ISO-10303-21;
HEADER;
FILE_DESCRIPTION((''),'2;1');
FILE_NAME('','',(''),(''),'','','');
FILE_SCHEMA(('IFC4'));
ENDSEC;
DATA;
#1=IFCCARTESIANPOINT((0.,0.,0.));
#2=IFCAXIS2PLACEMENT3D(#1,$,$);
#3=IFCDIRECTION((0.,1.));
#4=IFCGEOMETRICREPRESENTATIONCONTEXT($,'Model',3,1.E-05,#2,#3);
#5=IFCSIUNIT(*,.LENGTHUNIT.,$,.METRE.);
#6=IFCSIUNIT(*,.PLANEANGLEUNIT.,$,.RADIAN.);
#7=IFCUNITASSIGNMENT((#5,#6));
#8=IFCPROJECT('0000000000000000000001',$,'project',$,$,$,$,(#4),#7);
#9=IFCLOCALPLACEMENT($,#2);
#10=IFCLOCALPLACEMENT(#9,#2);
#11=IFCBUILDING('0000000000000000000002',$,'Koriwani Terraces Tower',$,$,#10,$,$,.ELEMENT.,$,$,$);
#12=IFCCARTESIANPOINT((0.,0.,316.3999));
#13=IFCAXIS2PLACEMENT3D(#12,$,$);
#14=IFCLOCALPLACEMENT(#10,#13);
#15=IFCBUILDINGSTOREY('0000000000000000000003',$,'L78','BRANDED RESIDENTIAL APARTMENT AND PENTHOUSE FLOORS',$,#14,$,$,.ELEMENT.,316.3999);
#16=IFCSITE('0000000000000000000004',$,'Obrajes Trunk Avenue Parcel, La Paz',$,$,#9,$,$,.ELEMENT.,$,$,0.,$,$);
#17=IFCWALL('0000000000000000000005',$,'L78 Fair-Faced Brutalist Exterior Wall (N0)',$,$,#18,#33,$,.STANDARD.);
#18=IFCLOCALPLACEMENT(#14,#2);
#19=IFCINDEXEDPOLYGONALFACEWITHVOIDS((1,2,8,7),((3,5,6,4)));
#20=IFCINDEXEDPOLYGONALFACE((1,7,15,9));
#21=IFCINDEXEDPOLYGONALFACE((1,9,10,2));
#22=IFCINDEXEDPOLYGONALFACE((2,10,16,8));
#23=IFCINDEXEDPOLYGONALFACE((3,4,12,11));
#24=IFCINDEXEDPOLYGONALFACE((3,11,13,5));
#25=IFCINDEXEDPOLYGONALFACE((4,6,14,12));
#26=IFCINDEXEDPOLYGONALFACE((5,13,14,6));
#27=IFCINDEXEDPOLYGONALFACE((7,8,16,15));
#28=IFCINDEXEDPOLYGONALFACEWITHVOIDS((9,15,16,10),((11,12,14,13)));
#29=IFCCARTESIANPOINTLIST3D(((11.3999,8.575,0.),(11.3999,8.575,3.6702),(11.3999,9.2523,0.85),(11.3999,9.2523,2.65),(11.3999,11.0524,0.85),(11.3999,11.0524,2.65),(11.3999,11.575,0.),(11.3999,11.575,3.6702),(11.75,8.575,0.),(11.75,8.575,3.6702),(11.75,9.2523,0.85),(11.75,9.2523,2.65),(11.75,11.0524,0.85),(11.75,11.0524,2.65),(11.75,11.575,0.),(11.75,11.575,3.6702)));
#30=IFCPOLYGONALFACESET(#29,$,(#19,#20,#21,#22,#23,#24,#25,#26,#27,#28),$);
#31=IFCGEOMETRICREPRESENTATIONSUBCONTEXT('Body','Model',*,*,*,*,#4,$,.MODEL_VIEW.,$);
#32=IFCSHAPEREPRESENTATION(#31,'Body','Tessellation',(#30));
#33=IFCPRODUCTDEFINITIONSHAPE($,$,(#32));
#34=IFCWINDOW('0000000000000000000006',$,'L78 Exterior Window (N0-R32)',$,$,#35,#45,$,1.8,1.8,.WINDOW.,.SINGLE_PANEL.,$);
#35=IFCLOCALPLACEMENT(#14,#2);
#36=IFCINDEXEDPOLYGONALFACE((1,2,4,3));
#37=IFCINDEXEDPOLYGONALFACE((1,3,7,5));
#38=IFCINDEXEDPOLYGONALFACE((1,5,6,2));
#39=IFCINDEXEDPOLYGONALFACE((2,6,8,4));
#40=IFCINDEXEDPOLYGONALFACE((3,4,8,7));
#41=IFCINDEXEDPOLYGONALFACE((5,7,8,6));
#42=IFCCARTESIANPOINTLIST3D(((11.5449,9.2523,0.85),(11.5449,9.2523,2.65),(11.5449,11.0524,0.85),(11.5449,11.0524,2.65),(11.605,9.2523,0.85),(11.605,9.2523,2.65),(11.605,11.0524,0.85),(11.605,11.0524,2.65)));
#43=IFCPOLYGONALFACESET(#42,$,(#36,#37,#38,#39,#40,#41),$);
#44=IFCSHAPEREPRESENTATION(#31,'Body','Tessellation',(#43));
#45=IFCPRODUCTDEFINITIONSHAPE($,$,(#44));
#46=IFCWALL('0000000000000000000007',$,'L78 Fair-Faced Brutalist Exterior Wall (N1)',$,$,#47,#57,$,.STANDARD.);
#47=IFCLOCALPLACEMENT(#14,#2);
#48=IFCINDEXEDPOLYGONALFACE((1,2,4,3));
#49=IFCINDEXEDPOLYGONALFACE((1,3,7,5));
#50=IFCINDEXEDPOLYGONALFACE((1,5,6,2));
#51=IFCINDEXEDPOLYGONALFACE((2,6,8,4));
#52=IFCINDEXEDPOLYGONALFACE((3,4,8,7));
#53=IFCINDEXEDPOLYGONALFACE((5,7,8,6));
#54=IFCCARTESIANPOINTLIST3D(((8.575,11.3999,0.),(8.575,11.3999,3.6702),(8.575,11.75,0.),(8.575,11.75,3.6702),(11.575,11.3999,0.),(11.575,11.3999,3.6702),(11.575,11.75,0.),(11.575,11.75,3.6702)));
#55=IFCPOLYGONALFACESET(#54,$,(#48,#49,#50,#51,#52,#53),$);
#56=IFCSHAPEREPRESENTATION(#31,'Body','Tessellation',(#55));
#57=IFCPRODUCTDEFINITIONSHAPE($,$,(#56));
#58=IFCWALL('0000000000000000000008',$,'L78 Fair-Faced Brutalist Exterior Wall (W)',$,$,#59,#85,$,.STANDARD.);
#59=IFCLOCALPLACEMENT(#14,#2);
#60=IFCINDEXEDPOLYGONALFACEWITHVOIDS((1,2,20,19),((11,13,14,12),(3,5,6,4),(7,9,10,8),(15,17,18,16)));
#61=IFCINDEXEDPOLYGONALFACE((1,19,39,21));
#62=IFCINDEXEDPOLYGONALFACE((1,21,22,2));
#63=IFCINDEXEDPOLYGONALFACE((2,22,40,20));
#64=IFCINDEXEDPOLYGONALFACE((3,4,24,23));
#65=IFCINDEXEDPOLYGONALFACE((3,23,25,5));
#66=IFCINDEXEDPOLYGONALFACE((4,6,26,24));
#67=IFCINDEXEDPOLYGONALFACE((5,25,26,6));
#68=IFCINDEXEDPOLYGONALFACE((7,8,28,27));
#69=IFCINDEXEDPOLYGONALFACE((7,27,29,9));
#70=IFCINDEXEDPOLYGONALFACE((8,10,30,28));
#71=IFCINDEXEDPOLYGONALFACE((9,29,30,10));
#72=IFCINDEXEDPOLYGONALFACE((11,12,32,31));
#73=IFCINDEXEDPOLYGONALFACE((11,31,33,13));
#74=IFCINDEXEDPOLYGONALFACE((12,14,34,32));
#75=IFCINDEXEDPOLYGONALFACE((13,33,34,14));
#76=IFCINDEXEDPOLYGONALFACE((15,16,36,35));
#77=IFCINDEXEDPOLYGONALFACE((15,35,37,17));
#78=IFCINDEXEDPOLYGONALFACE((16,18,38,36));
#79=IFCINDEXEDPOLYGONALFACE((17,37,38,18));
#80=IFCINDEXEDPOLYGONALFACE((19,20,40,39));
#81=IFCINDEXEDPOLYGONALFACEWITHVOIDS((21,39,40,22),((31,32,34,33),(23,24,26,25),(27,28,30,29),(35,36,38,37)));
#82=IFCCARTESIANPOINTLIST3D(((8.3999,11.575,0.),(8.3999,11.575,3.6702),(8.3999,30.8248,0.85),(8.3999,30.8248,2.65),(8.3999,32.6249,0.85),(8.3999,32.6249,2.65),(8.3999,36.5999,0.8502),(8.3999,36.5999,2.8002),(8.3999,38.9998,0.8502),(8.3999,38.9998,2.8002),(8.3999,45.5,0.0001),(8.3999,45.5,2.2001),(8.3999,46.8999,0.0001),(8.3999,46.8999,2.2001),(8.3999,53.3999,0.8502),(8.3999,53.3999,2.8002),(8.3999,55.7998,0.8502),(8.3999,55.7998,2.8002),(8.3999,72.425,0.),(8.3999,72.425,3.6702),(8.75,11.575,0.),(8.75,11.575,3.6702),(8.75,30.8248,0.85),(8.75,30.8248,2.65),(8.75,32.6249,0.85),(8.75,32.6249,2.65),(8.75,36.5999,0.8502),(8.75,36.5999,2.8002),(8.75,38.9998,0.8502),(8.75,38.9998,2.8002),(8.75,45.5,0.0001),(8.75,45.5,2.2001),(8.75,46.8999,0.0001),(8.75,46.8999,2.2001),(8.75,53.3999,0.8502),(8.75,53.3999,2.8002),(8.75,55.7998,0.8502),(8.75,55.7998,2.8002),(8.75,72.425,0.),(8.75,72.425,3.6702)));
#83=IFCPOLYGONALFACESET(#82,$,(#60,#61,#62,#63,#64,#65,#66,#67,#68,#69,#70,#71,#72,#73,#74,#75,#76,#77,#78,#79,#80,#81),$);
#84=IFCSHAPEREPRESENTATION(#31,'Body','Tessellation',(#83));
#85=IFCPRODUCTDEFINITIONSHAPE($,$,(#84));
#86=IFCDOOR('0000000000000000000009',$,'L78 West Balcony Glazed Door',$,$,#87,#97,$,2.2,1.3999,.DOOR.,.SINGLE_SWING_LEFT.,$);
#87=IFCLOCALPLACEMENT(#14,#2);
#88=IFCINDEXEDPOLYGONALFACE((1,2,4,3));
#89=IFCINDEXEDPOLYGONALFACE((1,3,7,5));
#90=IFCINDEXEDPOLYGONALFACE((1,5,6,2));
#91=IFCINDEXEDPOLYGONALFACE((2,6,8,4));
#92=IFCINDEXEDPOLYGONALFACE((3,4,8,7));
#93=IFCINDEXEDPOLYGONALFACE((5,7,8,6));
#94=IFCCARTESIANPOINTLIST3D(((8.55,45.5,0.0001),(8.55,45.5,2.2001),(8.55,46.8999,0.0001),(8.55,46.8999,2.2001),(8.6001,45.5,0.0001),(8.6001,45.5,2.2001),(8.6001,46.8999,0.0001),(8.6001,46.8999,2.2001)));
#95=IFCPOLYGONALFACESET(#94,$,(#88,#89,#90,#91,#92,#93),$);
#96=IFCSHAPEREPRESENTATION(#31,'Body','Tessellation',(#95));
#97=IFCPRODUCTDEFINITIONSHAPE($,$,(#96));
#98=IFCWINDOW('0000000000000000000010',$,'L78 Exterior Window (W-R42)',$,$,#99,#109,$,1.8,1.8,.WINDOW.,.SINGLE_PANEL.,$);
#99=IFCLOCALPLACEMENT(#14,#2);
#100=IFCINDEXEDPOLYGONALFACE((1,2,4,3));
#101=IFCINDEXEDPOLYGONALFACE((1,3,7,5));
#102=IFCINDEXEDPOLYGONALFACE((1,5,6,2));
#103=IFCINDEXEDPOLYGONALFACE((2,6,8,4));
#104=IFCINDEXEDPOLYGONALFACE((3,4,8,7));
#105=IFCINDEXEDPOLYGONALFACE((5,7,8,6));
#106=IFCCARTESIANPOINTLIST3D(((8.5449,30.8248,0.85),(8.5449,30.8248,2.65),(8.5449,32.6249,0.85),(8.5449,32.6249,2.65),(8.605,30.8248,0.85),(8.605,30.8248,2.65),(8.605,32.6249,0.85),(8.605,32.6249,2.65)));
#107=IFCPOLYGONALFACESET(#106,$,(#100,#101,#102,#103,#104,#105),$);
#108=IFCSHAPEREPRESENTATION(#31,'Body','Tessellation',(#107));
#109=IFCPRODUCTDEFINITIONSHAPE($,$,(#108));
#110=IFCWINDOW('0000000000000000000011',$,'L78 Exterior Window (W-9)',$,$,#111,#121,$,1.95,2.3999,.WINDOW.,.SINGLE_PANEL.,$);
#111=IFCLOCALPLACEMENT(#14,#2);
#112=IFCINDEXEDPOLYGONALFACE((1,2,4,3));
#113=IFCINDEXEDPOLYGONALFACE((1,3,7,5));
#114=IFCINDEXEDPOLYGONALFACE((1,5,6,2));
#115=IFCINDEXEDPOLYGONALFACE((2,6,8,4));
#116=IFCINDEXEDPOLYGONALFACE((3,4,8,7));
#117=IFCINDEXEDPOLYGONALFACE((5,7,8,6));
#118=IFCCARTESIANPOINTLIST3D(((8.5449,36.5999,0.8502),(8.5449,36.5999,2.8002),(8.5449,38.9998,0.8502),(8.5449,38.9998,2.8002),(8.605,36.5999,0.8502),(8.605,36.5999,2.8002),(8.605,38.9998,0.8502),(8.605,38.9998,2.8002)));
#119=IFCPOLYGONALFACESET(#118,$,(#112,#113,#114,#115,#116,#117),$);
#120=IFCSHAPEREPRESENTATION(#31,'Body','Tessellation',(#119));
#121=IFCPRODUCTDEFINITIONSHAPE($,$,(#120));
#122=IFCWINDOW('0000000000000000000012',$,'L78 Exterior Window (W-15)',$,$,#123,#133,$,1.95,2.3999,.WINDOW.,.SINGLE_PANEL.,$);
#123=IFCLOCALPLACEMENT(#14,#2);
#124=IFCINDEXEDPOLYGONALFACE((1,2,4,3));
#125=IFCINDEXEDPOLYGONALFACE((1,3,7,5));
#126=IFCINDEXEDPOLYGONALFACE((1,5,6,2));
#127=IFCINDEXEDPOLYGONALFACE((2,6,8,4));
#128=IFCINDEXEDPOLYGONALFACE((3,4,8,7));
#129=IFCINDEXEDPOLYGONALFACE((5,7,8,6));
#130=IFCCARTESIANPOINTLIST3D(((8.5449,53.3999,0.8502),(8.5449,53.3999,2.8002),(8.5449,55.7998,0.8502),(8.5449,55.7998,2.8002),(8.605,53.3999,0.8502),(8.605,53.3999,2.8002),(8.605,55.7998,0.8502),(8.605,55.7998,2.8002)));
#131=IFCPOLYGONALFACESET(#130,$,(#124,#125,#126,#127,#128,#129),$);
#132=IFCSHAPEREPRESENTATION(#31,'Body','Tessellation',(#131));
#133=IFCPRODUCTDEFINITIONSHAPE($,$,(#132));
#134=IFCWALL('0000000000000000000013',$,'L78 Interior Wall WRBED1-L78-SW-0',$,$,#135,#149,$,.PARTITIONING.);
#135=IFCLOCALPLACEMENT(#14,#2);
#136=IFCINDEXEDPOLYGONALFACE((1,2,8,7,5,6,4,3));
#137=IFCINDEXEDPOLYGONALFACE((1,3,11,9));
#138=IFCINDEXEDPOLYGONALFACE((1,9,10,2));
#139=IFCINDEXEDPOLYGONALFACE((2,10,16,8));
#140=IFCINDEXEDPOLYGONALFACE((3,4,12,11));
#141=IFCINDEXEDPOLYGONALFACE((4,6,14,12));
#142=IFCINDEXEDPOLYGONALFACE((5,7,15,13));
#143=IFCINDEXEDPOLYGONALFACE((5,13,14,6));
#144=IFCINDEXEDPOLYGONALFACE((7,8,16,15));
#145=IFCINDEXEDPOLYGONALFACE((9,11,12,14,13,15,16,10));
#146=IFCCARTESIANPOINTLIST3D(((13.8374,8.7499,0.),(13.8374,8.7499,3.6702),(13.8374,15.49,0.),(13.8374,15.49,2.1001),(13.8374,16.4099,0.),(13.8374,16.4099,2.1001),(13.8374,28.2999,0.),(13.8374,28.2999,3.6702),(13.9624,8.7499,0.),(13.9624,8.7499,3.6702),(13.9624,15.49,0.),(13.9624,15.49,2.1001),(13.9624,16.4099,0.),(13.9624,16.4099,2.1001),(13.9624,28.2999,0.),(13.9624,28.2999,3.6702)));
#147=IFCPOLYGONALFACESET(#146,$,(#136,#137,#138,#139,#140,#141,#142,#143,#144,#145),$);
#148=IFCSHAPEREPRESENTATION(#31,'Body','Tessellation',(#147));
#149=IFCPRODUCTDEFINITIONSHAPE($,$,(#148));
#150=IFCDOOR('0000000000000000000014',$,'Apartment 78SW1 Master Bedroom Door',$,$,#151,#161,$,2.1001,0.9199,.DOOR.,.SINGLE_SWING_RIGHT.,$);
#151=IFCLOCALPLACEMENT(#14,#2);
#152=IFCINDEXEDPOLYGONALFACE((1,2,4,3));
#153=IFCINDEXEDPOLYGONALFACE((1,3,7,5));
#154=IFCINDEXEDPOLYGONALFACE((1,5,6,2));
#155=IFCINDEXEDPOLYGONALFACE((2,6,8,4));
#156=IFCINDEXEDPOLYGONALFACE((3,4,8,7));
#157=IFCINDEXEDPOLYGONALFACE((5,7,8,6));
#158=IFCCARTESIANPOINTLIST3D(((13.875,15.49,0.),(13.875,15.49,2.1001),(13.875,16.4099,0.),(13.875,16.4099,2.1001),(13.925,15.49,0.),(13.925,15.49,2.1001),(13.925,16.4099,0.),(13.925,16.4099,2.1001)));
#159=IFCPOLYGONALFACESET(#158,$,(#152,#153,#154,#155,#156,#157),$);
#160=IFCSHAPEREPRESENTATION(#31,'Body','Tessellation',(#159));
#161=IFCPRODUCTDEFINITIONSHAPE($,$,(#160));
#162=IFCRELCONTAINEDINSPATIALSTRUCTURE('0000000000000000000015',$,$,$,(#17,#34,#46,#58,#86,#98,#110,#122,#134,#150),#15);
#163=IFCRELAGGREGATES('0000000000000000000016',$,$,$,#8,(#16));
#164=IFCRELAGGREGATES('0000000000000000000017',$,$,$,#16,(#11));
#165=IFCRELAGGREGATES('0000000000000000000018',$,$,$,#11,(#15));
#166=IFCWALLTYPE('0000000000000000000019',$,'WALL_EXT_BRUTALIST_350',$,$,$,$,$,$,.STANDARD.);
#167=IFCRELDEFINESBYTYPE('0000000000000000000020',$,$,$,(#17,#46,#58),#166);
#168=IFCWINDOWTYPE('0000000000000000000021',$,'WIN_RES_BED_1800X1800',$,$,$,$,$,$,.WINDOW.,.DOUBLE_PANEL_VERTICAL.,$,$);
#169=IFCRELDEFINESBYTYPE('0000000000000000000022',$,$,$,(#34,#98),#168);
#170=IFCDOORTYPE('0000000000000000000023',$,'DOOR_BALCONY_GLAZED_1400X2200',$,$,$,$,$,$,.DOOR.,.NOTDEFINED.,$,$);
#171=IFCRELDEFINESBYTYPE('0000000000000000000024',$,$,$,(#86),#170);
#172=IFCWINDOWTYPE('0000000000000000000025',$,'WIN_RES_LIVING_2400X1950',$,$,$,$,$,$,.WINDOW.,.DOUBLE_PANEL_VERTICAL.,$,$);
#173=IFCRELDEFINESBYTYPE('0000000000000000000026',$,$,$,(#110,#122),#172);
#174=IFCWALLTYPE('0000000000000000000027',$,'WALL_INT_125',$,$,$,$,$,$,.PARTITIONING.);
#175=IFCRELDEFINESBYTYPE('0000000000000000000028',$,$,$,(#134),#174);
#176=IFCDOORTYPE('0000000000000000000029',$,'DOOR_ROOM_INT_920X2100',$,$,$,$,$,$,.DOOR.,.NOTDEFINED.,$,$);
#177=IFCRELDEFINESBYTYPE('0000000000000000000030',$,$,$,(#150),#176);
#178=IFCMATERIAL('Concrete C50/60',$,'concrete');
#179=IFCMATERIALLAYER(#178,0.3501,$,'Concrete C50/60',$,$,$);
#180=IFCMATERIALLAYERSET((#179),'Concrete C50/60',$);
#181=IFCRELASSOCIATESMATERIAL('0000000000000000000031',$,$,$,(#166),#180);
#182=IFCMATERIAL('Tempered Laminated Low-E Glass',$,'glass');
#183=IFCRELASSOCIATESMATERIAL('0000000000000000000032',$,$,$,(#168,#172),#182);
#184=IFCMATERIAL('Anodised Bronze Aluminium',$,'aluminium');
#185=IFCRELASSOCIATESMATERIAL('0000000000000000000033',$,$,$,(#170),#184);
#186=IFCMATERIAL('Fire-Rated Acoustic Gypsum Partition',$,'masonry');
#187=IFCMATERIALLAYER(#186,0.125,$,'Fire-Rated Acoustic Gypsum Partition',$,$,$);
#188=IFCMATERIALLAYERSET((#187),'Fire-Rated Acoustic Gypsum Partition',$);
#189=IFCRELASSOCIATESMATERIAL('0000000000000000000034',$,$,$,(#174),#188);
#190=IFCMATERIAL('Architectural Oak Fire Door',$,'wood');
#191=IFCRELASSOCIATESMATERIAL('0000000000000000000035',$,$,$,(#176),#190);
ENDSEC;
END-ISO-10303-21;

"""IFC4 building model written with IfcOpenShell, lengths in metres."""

from ifc_helpers import new_model, si_unit, direction, frame, frame_2d, origin, place, context, subcontext, project, spatial, rectangle, extrude, material, layer, layer_set, type_object, element, fill, save


model = new_model("IFC4")

# Units and contexts
model_context = context("Model", 3, precision=1e-05, world=origin(), true_north=direction((0.0, 1.0)))
body_context = subcontext(model_context, "Body", "Model", "MODEL_VIEW")
ifc_project = project(units=[si_unit("LENGTHUNIT", "METRE"), si_unit("PLANEANGLEUNIT", "RADIAN")], contexts=[model_context])

# Site, building, storey
site_placement = place(None, origin())
site = spatial("IfcSite", under=ifc_project, at=site_placement, Name="Obrajes Trunk Avenue Parcel, La Paz", CompositionType="ELEMENT", RefElevation=0.0)
building_placement = place(site_placement, origin())
building = spatial("IfcBuilding", under=site, at=building_placement, Name="Koriwani Terraces Tower", CompositionType="ELEMENT")
storey_placement = place(building_placement, frame((0.0, 0.0, 316.3999)))
storey = spatial("IfcBuildingStorey", under=building, at=storey_placement, Name="L78", Description="BRANDED RESIDENTIAL APARTMENT AND PENTHOUSE FLOORS", CompositionType="ELEMENT", Elevation=316.3999)

# Shared definitions
ifc_material_1 = material(Name="Concrete C50/60", Category="concrete")

# Wall, opening, window
ifc_layer_1 = layer(ifc_material_1, 0.3501, Name="Concrete C50/60")
ifc_layer_set_1 = layer_set([ifc_layer_1], Name="Concrete C50/60")
wall_type_1 = type_object("IfcWallType", Name="WALL_EXT_BRUTALIST_350", PredefinedType="STANDARD", material=ifc_layer_set_1)
wall_1_placement = place(storey_placement, frame((11.575, 8.575, 0.0), z_axis=(0.0, 0.0, 1.0), x_axis=(0.0, 1.0, 0.0)))
wall_1 = element("IfcWall", 1, at=wall_1_placement, inside=storey, type_object=wall_type_1, Name="L78 Fair-Faced Brutalist Exterior Wall (N0)", PredefinedType="STANDARD", context=body_context, shape_type="SweptSolid", body=[
    extrude(rectangle(XDim=3.0, YDim=0.3501, at=frame_2d((1.5, 0.0))), origin(), (0.0, 0.0, 1.0), 3.6702),
])
opening_1_placement = place(wall_1_placement, frame((0.6775, 0.0, 0.8501)))
opening_1 = element("IfcOpeningElement", 2, at=opening_1_placement, cuts=wall_1, PredefinedType="OPENING", context=body_context, shape_type="SweptSolid", body=[
    extrude(rectangle(XDim=1.8, YDim=1.8, at=frame_2d((0.8999, 0.8999))), frame((0.0, 0.1851, 0.0), z_axis=(0.0, -1.0, 0.0), x_axis=(1.0, 0.0, 0.0)), (0.0, 0.0, 1.0), 0.3701),
])
ifc_material_2 = material(Name="Tempered Laminated Low-E Glass", Category="glass")
window_type_1 = type_object("IfcWindowType", Name="WIN_RES_BED_1800X1800", PartitioningType="DOUBLE_PANEL_VERTICAL", PredefinedType="WINDOW", material=ifc_material_2)
window_1_placement = place(opening_1_placement, origin())
window_1 = element("IfcWindow", 3, at=window_1_placement, inside=storey, type_object=window_type_1, Name="L78 Exterior Window (N0-R32)", OverallHeight=1.8, OverallWidth=1.8, PartitioningType="SINGLE_PANEL", PredefinedType="WINDOW", context=body_context, shape_type="SweptSolid", body=[
    extrude(rectangle(XDim=1.8, YDim=1.8, at=frame_2d((0.8999, 0.8999))), frame((0.0, 0.03, 0.0), z_axis=(0.0, -1.0, 0.0), x_axis=(1.0, 0.0, 0.0)), (0.0, 0.0, 1.0), 0.0601),
])
fill(opening_1, window_1)

# Wall
wall_2_placement = place(storey_placement, frame((11.575, 11.575, 0.0), z_axis=(0.0, 0.0, 1.0), x_axis=(-1.0, 0.0, 0.0)))
element("IfcWall", 4, at=wall_2_placement, inside=storey, type_object=wall_type_1, Name="L78 Fair-Faced Brutalist Exterior Wall (N1)", PredefinedType="STANDARD", context=body_context, shape_type="SweptSolid", body=[
    extrude(rectangle(XDim=3.0, YDim=0.3501, at=frame_2d((1.5, 0.0))), origin(), (0.0, 0.0, 1.0), 3.6702),
])

# Wall, openings, door, windows
wall_3_placement = place(storey_placement, frame((8.575, 11.575, 0.0), z_axis=(0.0, 0.0, 1.0), x_axis=(0.0, 1.0, 0.0)))
wall_3 = element("IfcWall", 5, at=wall_3_placement, inside=storey, type_object=wall_type_1, Name="L78 Fair-Faced Brutalist Exterior Wall (W)", PredefinedType="STANDARD", context=body_context, shape_type="SweptSolid", body=[
    extrude(rectangle(XDim=60.8501, YDim=0.3501, at=frame_2d((30.425, 0.0))), origin(), (0.0, 0.0, 1.0), 3.6702),
])
opening_2_placement = place(wall_3_placement, frame((33.925, 0.0, 0.0)))
opening_2 = element("IfcOpeningElement", 6, at=opening_2_placement, cuts=wall_3, PredefinedType="OPENING", context=body_context, shape_type="SweptSolid", body=[
    extrude(rectangle(XDim=1.3999, YDim=2.2, at=frame_2d((0.7, 1.1001))), frame((0.0, 0.1851, 0.0), z_axis=(0.0, -1.0, 0.0), x_axis=(1.0, 0.0, 0.0)), (0.0, 0.0, 1.0), 0.3701),
])
opening_3_placement = place(wall_3_placement, frame((25.0249, 0.0, 0.8501)))
opening_3 = element("IfcOpeningElement", 7, at=opening_3_placement, cuts=wall_3, PredefinedType="OPENING", context=body_context, shape_type="SweptSolid", body=[
    extrude(rectangle(XDim=2.3999, YDim=1.95, at=frame_2d((1.2, 0.9751))), frame((0.0, 0.1851, 0.0), z_axis=(0.0, -1.0, 0.0), x_axis=(1.0, 0.0, 0.0)), (0.0, 0.0, 1.0), 0.3701),
])
opening_4_placement = place(wall_3_placement, frame((41.825, 0.0, 0.8501)))
opening_4 = element("IfcOpeningElement", 8, at=opening_4_placement, cuts=wall_3, PredefinedType="OPENING", context=body_context, shape_type="SweptSolid", body=[
    extrude(rectangle(XDim=2.3999, YDim=1.95, at=frame_2d((1.2, 0.9751))), frame((0.0, 0.1851, 0.0), z_axis=(0.0, -1.0, 0.0), x_axis=(1.0, 0.0, 0.0)), (0.0, 0.0, 1.0), 0.3701),
])
opening_5_placement = place(wall_3_placement, frame((19.25, 0.0, 0.8501)))
opening_5 = element("IfcOpeningElement", 9, at=opening_5_placement, cuts=wall_3, PredefinedType="OPENING", context=body_context, shape_type="SweptSolid", body=[
    extrude(rectangle(XDim=1.8, YDim=1.8, at=frame_2d((0.8999, 0.8999))), frame((0.0, 0.1851, 0.0), z_axis=(0.0, -1.0, 0.0), x_axis=(1.0, 0.0, 0.0)), (0.0, 0.0, 1.0), 0.3701),
])
ifc_material_3 = material(Name="Anodised Bronze Aluminium", Category="aluminium")
door_type_1 = type_object("IfcDoorType", Name="DOOR_BALCONY_GLAZED_1400X2200", OperationType="NOTDEFINED", PredefinedType="DOOR", material=ifc_material_3)
door_1_placement = place(opening_2_placement, origin())
door_1 = element("IfcDoor", 10, at=door_1_placement, inside=storey, type_object=door_type_1, Name="L78 West Balcony Glazed Door", OperationType="SINGLE_SWING_LEFT", OverallHeight=2.2, OverallWidth=1.3999, PredefinedType="DOOR", context=body_context, shape_type="SweptSolid", body=[
    extrude(rectangle(XDim=1.3999, YDim=2.2, at=frame_2d((0.7, 1.1001))), frame((0.0, 0.0249, 0.0), z_axis=(0.0, -1.0, 0.0), x_axis=(1.0, 0.0, 0.0)), (0.0, 0.0, 1.0), 0.05),
])
fill(opening_2, door_1)
window_2_placement = place(opening_5_placement, origin())
window_2 = element("IfcWindow", 11, at=window_2_placement, inside=storey, type_object=window_type_1, Name="L78 Exterior Window (W-R42)", OverallHeight=1.8, OverallWidth=1.8, PartitioningType="SINGLE_PANEL", PredefinedType="WINDOW", context=body_context, shape_type="SweptSolid", body=[
    extrude(rectangle(XDim=1.8, YDim=1.8, at=frame_2d((0.8999, 0.8999))), frame((0.0, 0.03, 0.0), z_axis=(0.0, -1.0, 0.0), x_axis=(1.0, 0.0, 0.0)), (0.0, 0.0, 1.0), 0.0601),
])
fill(opening_5, window_2)
window_type_2 = type_object("IfcWindowType", Name="WIN_RES_LIVING_2400X1950", PartitioningType="DOUBLE_PANEL_VERTICAL", PredefinedType="WINDOW", material=ifc_material_2)
window_3_placement = place(opening_3_placement, origin())
window_3 = element("IfcWindow", 12, at=window_3_placement, inside=storey, type_object=window_type_2, Name="L78 Exterior Window (W-9)", OverallHeight=1.95, OverallWidth=2.3999, PartitioningType="SINGLE_PANEL", PredefinedType="WINDOW", context=body_context, shape_type="SweptSolid", body=[
    extrude(rectangle(XDim=2.3999, YDim=1.95, at=frame_2d((1.2, 0.9751))), frame((0.0, 0.03, 0.0), z_axis=(0.0, -1.0, 0.0), x_axis=(1.0, 0.0, 0.0)), (0.0, 0.0, 1.0), 0.0601),
])
fill(opening_3, window_3)
window_4_placement = place(opening_4_placement, origin())
window_4 = element("IfcWindow", 13, at=window_4_placement, inside=storey, type_object=window_type_2, Name="L78 Exterior Window (W-15)", OverallHeight=1.95, OverallWidth=2.3999, PartitioningType="SINGLE_PANEL", PredefinedType="WINDOW", context=body_context, shape_type="SweptSolid", body=[
    extrude(rectangle(XDim=2.3999, YDim=1.95, at=frame_2d((1.2, 0.9751))), frame((0.0, 0.03, 0.0), z_axis=(0.0, -1.0, 0.0), x_axis=(1.0, 0.0, 0.0)), (0.0, 0.0, 1.0), 0.0601),
])
fill(opening_4, window_4)

# Wall, opening, door
ifc_material_4 = material(Name="Fire-Rated Acoustic Gypsum Partition", Category="masonry")
ifc_layer_2 = layer(ifc_material_4, 0.125, Name="Fire-Rated Acoustic Gypsum Partition")
ifc_layer_set_2 = layer_set([ifc_layer_2], Name="Fire-Rated Acoustic Gypsum Partition")
wall_type_2 = type_object("IfcWallType", Name="WALL_INT_125", PredefinedType="PARTITIONING", material=ifc_layer_set_2)
wall_4_placement = place(storey_placement, frame((13.8999, 8.75, 0.0), z_axis=(0.0, 0.0, 1.0), x_axis=(0.0, 1.0, 0.0)))
wall_4 = element("IfcWall", 14, at=wall_4_placement, inside=storey, type_object=wall_type_2, Name="L78 Interior Wall WRBED1-L78-SW-0", PredefinedType="PARTITIONING", context=body_context, shape_type="SweptSolid", body=[
    extrude(rectangle(XDim=19.55, YDim=0.125, at=frame_2d((9.7749, 0.0))), origin(), (0.0, 0.0, 1.0), 3.6702),
])
opening_6_placement = place(wall_4_placement, frame((6.74, 0.0, 0.0)))
opening_6 = element("IfcOpeningElement", 15, at=opening_6_placement, cuts=wall_4, PredefinedType="OPENING", context=body_context, shape_type="SweptSolid", body=[
    extrude(rectangle(XDim=0.9199, YDim=2.1001, at=frame_2d((0.46, 1.05))), frame((0.0, 0.0725, 0.0), z_axis=(0.0, -1.0, 0.0), x_axis=(1.0, 0.0, 0.0)), (0.0, 0.0, 1.0), 0.145),
])
ifc_material_5 = material(Name="Architectural Oak Fire Door", Category="wood")
door_type_2 = type_object("IfcDoorType", Name="DOOR_ROOM_INT_920X2100", OperationType="NOTDEFINED", PredefinedType="DOOR", material=ifc_material_5)
door_2_placement = place(opening_6_placement, origin())
door_2 = element("IfcDoor", 16, at=door_2_placement, inside=storey, type_object=door_type_2, Name="Apartment 78SW1 Master Bedroom Door", OperationType="SINGLE_SWING_RIGHT", OverallHeight=2.1001, OverallWidth=0.9199, PredefinedType="DOOR", context=body_context, shape_type="SweptSolid", body=[
    extrude(rectangle(XDim=0.9199, YDim=2.1001, at=frame_2d((0.46, 1.05))), frame((0.0, 0.0249, 0.0), z_axis=(0.0, -1.0, 0.0), x_axis=(1.0, 0.0, 0.0)), (0.0, 0.0, 1.0), 0.05),
])
fill(opening_6, door_2)

save(model, "model.ifc")
